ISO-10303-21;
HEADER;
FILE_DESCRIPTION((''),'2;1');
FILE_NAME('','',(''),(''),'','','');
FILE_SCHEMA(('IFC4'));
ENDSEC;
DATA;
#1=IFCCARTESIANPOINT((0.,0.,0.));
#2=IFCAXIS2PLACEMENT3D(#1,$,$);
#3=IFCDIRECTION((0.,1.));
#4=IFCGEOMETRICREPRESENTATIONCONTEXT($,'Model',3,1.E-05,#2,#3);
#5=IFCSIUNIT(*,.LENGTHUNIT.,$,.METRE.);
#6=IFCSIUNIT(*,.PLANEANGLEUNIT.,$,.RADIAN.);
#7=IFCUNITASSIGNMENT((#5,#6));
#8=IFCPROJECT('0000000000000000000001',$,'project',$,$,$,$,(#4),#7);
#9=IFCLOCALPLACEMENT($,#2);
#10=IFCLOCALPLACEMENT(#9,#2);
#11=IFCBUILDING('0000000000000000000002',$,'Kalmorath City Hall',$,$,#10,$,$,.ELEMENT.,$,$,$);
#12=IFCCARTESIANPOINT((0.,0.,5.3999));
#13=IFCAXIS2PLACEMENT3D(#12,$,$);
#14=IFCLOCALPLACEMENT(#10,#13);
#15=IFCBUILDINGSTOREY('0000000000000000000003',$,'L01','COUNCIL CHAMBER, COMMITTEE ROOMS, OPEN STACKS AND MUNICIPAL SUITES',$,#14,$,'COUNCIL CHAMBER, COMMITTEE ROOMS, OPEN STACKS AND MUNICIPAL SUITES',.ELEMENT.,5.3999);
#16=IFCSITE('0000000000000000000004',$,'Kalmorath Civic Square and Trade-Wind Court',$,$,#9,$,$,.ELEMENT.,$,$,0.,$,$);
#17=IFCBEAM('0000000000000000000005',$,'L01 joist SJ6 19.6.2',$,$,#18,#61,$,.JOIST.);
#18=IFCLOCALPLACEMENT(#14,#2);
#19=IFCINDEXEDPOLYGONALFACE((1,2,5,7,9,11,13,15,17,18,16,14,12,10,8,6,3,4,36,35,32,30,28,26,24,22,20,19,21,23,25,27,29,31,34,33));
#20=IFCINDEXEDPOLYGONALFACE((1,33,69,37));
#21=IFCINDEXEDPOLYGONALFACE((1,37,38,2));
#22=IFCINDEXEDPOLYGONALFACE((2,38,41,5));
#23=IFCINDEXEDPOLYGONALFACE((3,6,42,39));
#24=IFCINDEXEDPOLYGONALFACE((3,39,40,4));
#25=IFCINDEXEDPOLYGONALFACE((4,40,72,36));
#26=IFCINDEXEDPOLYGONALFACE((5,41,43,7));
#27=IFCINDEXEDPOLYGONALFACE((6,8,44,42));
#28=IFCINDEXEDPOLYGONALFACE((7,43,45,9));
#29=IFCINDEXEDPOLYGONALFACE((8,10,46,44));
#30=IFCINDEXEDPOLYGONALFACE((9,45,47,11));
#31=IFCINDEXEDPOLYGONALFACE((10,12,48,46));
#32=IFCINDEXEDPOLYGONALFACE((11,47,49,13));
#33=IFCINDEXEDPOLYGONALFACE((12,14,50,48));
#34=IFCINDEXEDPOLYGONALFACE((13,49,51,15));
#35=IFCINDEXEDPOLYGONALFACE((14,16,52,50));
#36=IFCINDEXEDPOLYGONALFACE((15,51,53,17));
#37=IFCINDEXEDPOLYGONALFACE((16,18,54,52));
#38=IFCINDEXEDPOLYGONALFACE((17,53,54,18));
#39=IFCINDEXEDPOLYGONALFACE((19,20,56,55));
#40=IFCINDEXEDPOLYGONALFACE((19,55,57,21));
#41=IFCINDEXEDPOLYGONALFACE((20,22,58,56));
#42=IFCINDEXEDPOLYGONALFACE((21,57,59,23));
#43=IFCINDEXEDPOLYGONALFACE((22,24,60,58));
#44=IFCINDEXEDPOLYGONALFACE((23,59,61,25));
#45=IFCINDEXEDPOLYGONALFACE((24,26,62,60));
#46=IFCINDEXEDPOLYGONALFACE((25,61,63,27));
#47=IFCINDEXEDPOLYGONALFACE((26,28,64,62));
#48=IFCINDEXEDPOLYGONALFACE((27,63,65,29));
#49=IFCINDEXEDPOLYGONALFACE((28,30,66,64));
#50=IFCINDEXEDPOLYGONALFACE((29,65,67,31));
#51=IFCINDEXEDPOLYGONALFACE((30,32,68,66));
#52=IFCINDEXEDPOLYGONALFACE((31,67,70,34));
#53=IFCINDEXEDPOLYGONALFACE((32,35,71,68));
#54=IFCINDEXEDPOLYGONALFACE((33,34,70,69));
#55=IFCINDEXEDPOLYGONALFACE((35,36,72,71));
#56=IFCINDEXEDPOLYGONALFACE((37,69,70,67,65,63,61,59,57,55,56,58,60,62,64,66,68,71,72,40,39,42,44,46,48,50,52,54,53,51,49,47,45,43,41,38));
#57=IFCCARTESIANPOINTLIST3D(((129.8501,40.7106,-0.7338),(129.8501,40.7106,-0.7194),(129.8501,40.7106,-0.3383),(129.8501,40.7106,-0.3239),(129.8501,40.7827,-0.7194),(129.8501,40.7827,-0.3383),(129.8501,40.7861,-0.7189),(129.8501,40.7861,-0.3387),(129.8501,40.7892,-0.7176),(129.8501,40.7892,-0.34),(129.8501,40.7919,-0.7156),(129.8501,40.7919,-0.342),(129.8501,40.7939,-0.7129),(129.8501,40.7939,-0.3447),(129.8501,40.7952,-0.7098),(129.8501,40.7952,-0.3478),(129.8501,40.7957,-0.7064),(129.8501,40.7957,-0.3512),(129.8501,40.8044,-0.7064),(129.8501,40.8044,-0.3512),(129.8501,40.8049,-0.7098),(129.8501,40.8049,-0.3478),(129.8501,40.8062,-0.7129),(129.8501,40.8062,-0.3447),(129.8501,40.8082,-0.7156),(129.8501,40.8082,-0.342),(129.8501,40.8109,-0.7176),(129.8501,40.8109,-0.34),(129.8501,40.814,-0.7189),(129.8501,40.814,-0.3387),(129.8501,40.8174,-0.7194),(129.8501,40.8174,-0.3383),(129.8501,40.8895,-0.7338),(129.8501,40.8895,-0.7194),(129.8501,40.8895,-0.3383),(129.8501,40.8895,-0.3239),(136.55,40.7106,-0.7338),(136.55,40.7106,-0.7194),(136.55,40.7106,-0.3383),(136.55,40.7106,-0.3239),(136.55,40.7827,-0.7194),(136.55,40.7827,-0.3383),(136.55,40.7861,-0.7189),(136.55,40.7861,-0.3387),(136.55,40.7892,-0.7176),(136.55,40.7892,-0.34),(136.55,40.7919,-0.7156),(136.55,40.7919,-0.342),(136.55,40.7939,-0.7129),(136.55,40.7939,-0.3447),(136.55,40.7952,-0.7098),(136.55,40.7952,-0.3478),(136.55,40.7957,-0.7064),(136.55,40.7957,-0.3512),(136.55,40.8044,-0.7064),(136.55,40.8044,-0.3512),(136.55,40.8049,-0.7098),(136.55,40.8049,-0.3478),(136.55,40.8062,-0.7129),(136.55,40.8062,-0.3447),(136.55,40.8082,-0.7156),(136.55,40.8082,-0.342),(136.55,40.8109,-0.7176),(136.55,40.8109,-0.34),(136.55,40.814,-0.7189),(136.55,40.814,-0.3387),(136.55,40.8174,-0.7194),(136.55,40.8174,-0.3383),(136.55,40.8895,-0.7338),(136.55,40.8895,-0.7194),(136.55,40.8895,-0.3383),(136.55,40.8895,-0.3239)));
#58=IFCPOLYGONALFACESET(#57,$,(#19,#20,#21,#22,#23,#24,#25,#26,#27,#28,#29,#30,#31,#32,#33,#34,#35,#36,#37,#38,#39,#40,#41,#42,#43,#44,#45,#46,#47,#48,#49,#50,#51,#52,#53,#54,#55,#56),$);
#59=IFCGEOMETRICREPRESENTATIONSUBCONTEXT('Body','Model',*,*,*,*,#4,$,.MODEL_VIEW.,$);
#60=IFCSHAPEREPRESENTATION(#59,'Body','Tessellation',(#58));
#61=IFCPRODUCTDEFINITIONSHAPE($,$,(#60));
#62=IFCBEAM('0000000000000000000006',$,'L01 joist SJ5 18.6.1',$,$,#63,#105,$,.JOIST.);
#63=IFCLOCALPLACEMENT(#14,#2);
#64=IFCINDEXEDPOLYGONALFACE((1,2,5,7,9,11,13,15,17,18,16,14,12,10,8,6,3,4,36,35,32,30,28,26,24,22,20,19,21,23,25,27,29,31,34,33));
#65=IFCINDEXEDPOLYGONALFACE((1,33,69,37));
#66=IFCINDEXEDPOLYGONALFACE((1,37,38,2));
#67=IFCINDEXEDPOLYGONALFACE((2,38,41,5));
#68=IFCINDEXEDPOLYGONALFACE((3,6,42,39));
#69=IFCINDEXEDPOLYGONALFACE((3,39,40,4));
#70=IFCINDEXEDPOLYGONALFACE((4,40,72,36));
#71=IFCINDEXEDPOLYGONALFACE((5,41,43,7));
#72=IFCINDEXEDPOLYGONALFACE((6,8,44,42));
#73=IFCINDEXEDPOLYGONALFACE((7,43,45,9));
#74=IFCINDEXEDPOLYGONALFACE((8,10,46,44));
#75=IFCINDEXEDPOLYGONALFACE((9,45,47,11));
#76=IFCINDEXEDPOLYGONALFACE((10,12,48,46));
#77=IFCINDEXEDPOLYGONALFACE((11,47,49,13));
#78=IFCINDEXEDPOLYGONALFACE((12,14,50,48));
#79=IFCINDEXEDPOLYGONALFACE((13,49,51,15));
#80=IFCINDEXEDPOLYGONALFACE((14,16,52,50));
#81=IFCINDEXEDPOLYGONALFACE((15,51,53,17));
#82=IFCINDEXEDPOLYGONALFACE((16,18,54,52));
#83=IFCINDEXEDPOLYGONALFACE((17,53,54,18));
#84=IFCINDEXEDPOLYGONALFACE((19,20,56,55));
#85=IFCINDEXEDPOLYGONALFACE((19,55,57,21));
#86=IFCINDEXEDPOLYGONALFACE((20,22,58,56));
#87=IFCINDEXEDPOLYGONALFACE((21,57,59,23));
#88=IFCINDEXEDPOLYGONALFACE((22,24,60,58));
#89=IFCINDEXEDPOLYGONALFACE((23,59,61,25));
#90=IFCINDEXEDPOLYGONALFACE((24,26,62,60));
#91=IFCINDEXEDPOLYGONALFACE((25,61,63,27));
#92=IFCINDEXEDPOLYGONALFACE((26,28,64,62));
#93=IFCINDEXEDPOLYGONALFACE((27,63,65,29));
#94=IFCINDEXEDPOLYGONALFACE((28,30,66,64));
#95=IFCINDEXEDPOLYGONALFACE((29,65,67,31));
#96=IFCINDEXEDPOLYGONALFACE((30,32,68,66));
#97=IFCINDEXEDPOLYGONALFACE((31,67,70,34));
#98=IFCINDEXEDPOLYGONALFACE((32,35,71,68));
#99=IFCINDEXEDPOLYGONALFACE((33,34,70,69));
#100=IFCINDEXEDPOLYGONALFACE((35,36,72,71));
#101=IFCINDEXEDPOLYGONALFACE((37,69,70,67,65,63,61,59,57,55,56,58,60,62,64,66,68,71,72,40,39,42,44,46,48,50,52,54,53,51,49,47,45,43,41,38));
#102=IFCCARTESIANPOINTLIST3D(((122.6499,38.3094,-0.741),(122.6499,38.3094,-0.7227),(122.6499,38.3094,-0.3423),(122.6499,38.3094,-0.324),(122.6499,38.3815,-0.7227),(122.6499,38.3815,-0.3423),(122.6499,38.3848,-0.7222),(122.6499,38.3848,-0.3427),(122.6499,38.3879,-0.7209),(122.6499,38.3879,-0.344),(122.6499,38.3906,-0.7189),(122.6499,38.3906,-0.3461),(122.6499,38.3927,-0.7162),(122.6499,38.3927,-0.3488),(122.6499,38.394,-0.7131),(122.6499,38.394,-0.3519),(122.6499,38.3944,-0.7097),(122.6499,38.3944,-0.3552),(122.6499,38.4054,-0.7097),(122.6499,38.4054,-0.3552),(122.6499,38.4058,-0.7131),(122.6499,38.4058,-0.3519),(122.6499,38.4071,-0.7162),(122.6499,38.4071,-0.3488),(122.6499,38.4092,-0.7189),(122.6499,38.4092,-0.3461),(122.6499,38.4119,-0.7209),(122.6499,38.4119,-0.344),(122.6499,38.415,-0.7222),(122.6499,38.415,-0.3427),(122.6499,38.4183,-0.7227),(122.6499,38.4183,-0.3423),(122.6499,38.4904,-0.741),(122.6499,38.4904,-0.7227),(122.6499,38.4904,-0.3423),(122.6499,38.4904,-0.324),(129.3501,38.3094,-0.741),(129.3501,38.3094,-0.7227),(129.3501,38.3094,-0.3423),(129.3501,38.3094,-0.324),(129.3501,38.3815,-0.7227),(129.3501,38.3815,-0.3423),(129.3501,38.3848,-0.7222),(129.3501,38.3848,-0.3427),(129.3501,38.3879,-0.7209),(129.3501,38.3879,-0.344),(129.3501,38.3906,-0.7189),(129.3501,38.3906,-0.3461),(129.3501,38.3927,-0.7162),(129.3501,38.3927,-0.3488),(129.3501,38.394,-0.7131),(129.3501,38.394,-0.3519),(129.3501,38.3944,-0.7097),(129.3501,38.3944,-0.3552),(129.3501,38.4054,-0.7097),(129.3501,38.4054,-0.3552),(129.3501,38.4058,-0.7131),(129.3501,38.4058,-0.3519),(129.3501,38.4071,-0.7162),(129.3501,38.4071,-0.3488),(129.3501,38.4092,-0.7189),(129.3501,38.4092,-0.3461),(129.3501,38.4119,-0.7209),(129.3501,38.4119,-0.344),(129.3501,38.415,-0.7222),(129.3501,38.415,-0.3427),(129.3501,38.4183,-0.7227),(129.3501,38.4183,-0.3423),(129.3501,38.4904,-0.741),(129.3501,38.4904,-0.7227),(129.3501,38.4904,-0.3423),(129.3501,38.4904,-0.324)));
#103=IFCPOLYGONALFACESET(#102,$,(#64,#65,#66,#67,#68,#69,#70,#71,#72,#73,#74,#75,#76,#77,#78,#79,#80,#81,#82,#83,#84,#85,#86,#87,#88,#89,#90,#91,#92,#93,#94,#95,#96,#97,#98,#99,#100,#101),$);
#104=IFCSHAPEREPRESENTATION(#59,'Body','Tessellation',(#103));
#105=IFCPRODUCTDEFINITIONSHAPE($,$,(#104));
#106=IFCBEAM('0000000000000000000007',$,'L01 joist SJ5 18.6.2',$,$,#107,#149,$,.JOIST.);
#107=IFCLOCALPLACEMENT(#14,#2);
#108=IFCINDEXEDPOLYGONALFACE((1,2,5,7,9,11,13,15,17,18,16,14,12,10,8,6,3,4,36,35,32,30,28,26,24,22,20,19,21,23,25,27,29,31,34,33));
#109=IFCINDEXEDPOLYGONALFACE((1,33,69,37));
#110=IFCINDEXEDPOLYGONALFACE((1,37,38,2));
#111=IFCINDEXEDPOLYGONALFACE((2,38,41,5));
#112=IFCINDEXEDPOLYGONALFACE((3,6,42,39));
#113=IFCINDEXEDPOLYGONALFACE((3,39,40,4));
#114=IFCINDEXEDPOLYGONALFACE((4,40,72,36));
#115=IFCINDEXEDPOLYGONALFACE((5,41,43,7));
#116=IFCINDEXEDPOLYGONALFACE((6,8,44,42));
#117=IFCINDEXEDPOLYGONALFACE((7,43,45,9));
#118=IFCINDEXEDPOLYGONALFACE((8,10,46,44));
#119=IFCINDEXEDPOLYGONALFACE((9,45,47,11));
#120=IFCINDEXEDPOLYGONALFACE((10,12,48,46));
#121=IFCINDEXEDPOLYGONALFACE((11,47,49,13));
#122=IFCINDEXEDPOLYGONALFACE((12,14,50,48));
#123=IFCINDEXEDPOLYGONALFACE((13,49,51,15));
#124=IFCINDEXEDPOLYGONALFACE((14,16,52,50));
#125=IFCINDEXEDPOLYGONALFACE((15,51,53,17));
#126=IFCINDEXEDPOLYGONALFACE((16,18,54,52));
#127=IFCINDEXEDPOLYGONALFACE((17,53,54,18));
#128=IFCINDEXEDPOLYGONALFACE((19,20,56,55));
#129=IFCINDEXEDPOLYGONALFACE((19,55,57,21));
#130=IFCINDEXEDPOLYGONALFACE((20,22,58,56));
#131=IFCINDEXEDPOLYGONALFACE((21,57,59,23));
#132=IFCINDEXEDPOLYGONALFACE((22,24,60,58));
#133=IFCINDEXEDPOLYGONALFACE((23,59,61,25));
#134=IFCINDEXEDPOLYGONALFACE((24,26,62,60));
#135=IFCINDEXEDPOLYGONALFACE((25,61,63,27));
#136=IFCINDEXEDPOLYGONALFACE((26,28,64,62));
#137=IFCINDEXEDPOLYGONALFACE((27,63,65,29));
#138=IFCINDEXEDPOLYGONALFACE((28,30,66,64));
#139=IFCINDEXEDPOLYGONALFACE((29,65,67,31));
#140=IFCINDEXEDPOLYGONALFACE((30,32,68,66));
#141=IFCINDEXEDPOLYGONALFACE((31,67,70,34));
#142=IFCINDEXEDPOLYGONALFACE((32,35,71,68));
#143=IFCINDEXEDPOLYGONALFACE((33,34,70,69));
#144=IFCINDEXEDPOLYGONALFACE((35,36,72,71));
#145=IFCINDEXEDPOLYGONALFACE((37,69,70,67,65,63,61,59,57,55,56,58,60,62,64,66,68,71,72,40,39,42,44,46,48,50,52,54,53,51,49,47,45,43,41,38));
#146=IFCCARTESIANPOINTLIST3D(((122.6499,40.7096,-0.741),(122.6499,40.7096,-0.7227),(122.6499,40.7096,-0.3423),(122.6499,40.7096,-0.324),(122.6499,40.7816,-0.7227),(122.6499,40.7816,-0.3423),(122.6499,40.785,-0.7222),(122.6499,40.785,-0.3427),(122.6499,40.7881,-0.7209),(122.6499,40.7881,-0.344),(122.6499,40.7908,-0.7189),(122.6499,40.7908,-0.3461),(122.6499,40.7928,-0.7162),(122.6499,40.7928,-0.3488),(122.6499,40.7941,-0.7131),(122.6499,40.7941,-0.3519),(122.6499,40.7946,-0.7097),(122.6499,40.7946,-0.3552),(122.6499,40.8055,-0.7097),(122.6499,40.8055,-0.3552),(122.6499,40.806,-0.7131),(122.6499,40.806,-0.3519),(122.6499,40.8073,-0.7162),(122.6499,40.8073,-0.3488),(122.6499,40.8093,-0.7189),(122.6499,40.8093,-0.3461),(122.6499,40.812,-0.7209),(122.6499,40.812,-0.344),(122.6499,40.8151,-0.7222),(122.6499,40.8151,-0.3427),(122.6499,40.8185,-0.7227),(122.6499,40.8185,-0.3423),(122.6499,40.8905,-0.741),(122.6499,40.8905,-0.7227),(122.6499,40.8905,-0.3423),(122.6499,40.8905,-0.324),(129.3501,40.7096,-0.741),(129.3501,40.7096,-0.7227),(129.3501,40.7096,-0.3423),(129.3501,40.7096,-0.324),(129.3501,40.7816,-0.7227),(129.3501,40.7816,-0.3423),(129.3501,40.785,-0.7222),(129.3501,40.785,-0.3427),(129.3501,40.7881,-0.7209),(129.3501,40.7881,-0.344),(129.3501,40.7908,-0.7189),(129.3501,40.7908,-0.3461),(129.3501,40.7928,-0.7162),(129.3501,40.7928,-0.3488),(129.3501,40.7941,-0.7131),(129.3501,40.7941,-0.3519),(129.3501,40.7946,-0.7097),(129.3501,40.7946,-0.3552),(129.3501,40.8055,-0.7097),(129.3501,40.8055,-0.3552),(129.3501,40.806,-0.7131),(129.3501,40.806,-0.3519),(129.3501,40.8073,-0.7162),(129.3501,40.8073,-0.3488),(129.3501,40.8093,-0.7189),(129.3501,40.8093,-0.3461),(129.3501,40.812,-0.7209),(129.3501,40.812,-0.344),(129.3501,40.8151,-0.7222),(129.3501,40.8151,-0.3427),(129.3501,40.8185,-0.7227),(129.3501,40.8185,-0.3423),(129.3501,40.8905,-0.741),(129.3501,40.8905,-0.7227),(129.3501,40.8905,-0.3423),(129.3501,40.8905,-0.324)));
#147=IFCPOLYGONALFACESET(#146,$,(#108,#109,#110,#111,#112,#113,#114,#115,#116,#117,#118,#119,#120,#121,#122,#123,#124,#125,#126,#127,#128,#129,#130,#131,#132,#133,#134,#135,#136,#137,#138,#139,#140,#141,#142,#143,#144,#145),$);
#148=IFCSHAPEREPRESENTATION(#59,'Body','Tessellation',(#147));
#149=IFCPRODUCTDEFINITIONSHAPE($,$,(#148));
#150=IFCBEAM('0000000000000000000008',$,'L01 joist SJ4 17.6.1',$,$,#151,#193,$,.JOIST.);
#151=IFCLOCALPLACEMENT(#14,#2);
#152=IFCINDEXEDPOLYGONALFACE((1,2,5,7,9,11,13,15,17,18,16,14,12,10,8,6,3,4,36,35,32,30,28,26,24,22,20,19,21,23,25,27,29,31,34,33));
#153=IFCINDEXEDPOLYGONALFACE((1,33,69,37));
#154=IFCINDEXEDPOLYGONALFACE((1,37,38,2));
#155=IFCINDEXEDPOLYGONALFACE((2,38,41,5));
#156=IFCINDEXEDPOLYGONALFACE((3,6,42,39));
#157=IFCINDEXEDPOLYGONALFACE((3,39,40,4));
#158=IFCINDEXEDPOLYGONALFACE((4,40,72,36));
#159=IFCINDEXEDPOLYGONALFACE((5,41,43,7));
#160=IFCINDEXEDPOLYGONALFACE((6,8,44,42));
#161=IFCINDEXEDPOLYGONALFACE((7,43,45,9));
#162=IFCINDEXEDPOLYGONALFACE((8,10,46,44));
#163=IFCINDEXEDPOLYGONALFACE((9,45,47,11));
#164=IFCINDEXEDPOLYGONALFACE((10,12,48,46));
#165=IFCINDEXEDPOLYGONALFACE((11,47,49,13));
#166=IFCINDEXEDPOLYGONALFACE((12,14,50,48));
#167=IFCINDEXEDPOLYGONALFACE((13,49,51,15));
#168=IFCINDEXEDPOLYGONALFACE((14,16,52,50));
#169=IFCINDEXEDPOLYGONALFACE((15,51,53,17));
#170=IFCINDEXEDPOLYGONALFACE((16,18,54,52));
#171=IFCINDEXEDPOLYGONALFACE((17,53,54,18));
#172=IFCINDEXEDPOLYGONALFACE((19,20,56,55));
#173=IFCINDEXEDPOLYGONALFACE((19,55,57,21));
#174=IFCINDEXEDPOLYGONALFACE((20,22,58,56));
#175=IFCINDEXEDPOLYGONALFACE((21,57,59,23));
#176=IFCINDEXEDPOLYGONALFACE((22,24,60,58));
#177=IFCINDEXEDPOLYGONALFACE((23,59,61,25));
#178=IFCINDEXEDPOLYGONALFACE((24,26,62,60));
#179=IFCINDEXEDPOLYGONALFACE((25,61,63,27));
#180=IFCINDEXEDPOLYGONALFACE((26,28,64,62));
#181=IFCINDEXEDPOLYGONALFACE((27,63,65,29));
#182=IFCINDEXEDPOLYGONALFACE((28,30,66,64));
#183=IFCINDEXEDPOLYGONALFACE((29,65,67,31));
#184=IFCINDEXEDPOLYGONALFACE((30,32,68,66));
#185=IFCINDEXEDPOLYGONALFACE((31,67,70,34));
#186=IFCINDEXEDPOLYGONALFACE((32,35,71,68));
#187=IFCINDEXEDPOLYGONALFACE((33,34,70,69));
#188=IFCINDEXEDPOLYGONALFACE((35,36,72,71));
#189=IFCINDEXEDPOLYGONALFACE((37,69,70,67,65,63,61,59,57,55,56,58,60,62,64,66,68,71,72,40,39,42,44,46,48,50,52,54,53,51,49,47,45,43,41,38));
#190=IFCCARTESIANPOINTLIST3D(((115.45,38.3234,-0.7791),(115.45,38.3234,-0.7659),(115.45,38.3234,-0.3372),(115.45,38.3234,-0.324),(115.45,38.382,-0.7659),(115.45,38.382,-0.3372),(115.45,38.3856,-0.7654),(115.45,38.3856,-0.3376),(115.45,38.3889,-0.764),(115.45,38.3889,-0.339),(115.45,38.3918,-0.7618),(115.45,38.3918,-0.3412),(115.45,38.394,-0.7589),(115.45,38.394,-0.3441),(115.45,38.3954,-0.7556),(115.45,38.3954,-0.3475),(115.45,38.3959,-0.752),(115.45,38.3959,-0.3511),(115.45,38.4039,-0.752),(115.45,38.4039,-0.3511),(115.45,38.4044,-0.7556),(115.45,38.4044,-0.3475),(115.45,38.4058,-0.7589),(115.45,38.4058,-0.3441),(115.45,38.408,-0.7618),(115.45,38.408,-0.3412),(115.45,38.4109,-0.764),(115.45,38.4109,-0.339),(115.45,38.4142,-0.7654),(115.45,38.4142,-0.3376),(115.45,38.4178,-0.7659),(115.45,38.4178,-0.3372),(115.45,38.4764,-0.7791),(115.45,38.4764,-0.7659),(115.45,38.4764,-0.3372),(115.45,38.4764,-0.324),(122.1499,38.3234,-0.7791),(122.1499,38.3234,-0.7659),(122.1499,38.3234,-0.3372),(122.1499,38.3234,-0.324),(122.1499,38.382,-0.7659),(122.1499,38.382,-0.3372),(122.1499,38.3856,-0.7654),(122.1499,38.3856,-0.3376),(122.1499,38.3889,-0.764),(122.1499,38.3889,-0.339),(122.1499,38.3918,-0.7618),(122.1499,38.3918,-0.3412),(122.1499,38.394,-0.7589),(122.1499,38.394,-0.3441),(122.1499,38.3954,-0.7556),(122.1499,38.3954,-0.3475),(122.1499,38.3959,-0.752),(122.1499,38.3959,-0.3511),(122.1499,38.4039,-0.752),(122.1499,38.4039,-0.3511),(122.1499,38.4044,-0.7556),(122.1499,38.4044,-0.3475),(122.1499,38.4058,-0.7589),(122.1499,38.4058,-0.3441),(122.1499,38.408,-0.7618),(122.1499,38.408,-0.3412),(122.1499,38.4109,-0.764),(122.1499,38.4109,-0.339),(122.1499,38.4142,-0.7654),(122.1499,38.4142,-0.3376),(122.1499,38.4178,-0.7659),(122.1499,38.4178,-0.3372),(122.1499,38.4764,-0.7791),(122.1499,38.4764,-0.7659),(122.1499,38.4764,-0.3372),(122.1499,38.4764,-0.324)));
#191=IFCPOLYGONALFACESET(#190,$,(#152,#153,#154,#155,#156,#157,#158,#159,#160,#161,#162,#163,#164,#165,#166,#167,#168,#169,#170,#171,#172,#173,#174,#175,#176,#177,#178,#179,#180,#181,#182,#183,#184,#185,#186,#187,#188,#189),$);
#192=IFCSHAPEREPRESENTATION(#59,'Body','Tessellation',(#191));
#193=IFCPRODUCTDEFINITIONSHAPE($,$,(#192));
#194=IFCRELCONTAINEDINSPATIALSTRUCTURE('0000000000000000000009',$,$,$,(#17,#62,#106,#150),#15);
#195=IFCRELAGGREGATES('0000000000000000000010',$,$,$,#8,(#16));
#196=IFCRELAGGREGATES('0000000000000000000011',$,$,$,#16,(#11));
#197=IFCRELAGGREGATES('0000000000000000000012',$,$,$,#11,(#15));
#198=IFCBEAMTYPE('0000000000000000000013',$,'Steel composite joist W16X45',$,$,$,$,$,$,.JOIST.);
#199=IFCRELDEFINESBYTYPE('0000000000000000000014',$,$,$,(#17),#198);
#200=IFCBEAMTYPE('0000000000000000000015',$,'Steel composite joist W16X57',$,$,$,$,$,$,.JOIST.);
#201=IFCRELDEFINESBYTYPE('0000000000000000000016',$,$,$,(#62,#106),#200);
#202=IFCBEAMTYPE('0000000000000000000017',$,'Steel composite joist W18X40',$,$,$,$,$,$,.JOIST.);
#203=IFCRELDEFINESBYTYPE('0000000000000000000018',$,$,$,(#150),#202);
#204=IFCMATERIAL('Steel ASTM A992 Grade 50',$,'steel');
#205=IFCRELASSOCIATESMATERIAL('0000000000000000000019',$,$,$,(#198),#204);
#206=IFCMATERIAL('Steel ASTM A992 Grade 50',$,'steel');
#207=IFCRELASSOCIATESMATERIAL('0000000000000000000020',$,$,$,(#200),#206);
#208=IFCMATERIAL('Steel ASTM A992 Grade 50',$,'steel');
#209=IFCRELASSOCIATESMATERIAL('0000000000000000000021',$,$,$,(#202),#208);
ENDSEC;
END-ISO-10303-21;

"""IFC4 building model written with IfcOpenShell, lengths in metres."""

from ifc_helpers import new_model, si_unit, direction, frame, origin, origin_2d, place, context, subcontext, project, spatial, i_section, extrude, material, material_profile, profile_set, type_object, element, save


model = new_model("IFC4")

# Units and contexts
model_context = context("Model", 3, precision=1e-05, world=origin(), true_north=direction((0.0, 1.0)))
body_context = subcontext(model_context, "Body", "Model", "MODEL_VIEW")
ifc_project = project(units=[si_unit("LENGTHUNIT", "METRE"), si_unit("PLANEANGLEUNIT", "RADIAN")], contexts=[model_context])

# Site, building, storey
site_placement = place(None, origin())
site = spatial("IfcSite", under=ifc_project, at=site_placement, Name="Kalmorath Civic Square and Trade-Wind Court", CompositionType="ELEMENT", RefElevation=0.0)
building_placement = place(site_placement, origin())
building = spatial("IfcBuilding", under=site, at=building_placement, Name="Kalmorath City Hall", CompositionType="ELEMENT")
storey_placement = place(building_placement, frame((0.0, 0.0, 5.3999)))
storey = spatial("IfcBuildingStorey", under=building, at=storey_placement, Name="L01", Description="COUNCIL CHAMBER, COMMITTEE ROOMS, OPEN STACKS AND MUNICIPAL SUITES", LongName="COUNCIL CHAMBER, COMMITTEE ROOMS, OPEN STACKS AND MUNICIPAL SUITES", CompositionType="ELEMENT", Elevation=5.3999)

# Beams
ifc_material_1 = material(Name="Steel ASTM A992 Grade 50", Category="steel")
ifc_material_profile_1 = material_profile(ifc_material_1, i_section(OverallWidth=0.179, OverallDepth=0.4099, WebThickness=0.0088, FlangeThickness=0.0144, FilletRadius=0.0129, at=origin_2d()), Name="W16X45")
ifc_profile_set_1 = profile_set([ifc_material_profile_1], Name="Steel ASTM A992 Grade 50")
beam_type_1 = type_object("IfcBeamType", Name="Steel composite joist W16X45", PredefinedType="JOIST", material=ifc_profile_set_1)
for number, where, z_axis, x_axis, name in (
    (1, (129.8501, 40.8, -0.5288), (1.0, 0.0, 0.0), (0.0, 1.0, 0.0), "L01 joist SJ6 19.6.2"),
):
    element("IfcBeam", number, at=place(storey_placement, frame(where, z_axis=z_axis, x_axis=x_axis)), inside=storey, type_object=beam_type_1, Name=name, PredefinedType="JOIST", context=body_context, shape_type="SweptSolid", body=[
        extrude(i_section(OverallWidth=0.179, OverallDepth=0.4099, WebThickness=0.0088, FlangeThickness=0.0144, FilletRadius=0.0129, at=origin_2d()), origin(), (0.0, 0.0, 1.0), 6.7),
    ])
ifc_material_2 = material(Name="Steel ASTM A992 Grade 50", Category="steel")
ifc_material_profile_2 = material_profile(ifc_material_2, i_section(OverallWidth=0.1809, OverallDepth=0.417, WebThickness=0.011, FlangeThickness=0.0183, FilletRadius=0.0129, at=origin_2d()), Name="W16X57")
ifc_profile_set_2 = profile_set([ifc_material_profile_2], Name="Steel ASTM A992 Grade 50")
beam_type_2 = type_object("IfcBeamType", Name="Steel composite joist W16X57", PredefinedType="JOIST", material=ifc_profile_set_2)
for number, where, z_axis, x_axis, name in (
    (2, (122.6499, 38.3999, -0.5325), (1.0, 0.0, 0.0), (0.0, 1.0, 0.0), "L01 joist SJ5 18.6.1"),
    (3, (122.6499, 40.8, -0.5325), (1.0, 0.0, 0.0), (0.0, 1.0, 0.0), "L01 joist SJ5 18.6.2"),
):
    element("IfcBeam", number, at=place(storey_placement, frame(where, z_axis=z_axis, x_axis=x_axis)), inside=storey, type_object=beam_type_2, Name=name, PredefinedType="JOIST", context=body_context, shape_type="SweptSolid", body=[
        extrude(i_section(OverallWidth=0.1809, OverallDepth=0.417, WebThickness=0.011, FlangeThickness=0.0183, FilletRadius=0.0129, at=origin_2d()), origin(), (0.0, 0.0, 1.0), 6.7002),
    ])
ifc_material_3 = material(Name="Steel ASTM A992 Grade 50", Category="steel")
ifc_material_profile_3 = material_profile(ifc_material_3, i_section(OverallWidth=0.1531, OverallDepth=0.4551, WebThickness=0.0081, FlangeThickness=0.0132, FilletRadius=0.0139, at=origin_2d()), Name="W18X40")
ifc_profile_set_3 = profile_set([ifc_material_profile_3], Name="Steel ASTM A992 Grade 50")
beam_type_3 = type_object("IfcBeamType", Name="Steel composite joist W18X40", PredefinedType="JOIST", material=ifc_profile_set_3)
for number, where, z_axis, x_axis, name in (
    (4, (115.45, 38.3999, -0.5515), (1.0, 0.0, 0.0), (0.0, 1.0, 0.0), "L01 joist SJ4 17.6.1"),
):
    element("IfcBeam", number, at=place(storey_placement, frame(where, z_axis=z_axis, x_axis=x_axis)), inside=storey, type_object=beam_type_3, Name=name, PredefinedType="JOIST", context=body_context, shape_type="SweptSolid", body=[
        extrude(i_section(OverallWidth=0.1531, OverallDepth=0.4551, WebThickness=0.0081, FlangeThickness=0.0132, FilletRadius=0.0139, at=origin_2d()), origin(), (0.0, 0.0, 1.0), 6.7),
    ])

save(model, "model.ifc")
